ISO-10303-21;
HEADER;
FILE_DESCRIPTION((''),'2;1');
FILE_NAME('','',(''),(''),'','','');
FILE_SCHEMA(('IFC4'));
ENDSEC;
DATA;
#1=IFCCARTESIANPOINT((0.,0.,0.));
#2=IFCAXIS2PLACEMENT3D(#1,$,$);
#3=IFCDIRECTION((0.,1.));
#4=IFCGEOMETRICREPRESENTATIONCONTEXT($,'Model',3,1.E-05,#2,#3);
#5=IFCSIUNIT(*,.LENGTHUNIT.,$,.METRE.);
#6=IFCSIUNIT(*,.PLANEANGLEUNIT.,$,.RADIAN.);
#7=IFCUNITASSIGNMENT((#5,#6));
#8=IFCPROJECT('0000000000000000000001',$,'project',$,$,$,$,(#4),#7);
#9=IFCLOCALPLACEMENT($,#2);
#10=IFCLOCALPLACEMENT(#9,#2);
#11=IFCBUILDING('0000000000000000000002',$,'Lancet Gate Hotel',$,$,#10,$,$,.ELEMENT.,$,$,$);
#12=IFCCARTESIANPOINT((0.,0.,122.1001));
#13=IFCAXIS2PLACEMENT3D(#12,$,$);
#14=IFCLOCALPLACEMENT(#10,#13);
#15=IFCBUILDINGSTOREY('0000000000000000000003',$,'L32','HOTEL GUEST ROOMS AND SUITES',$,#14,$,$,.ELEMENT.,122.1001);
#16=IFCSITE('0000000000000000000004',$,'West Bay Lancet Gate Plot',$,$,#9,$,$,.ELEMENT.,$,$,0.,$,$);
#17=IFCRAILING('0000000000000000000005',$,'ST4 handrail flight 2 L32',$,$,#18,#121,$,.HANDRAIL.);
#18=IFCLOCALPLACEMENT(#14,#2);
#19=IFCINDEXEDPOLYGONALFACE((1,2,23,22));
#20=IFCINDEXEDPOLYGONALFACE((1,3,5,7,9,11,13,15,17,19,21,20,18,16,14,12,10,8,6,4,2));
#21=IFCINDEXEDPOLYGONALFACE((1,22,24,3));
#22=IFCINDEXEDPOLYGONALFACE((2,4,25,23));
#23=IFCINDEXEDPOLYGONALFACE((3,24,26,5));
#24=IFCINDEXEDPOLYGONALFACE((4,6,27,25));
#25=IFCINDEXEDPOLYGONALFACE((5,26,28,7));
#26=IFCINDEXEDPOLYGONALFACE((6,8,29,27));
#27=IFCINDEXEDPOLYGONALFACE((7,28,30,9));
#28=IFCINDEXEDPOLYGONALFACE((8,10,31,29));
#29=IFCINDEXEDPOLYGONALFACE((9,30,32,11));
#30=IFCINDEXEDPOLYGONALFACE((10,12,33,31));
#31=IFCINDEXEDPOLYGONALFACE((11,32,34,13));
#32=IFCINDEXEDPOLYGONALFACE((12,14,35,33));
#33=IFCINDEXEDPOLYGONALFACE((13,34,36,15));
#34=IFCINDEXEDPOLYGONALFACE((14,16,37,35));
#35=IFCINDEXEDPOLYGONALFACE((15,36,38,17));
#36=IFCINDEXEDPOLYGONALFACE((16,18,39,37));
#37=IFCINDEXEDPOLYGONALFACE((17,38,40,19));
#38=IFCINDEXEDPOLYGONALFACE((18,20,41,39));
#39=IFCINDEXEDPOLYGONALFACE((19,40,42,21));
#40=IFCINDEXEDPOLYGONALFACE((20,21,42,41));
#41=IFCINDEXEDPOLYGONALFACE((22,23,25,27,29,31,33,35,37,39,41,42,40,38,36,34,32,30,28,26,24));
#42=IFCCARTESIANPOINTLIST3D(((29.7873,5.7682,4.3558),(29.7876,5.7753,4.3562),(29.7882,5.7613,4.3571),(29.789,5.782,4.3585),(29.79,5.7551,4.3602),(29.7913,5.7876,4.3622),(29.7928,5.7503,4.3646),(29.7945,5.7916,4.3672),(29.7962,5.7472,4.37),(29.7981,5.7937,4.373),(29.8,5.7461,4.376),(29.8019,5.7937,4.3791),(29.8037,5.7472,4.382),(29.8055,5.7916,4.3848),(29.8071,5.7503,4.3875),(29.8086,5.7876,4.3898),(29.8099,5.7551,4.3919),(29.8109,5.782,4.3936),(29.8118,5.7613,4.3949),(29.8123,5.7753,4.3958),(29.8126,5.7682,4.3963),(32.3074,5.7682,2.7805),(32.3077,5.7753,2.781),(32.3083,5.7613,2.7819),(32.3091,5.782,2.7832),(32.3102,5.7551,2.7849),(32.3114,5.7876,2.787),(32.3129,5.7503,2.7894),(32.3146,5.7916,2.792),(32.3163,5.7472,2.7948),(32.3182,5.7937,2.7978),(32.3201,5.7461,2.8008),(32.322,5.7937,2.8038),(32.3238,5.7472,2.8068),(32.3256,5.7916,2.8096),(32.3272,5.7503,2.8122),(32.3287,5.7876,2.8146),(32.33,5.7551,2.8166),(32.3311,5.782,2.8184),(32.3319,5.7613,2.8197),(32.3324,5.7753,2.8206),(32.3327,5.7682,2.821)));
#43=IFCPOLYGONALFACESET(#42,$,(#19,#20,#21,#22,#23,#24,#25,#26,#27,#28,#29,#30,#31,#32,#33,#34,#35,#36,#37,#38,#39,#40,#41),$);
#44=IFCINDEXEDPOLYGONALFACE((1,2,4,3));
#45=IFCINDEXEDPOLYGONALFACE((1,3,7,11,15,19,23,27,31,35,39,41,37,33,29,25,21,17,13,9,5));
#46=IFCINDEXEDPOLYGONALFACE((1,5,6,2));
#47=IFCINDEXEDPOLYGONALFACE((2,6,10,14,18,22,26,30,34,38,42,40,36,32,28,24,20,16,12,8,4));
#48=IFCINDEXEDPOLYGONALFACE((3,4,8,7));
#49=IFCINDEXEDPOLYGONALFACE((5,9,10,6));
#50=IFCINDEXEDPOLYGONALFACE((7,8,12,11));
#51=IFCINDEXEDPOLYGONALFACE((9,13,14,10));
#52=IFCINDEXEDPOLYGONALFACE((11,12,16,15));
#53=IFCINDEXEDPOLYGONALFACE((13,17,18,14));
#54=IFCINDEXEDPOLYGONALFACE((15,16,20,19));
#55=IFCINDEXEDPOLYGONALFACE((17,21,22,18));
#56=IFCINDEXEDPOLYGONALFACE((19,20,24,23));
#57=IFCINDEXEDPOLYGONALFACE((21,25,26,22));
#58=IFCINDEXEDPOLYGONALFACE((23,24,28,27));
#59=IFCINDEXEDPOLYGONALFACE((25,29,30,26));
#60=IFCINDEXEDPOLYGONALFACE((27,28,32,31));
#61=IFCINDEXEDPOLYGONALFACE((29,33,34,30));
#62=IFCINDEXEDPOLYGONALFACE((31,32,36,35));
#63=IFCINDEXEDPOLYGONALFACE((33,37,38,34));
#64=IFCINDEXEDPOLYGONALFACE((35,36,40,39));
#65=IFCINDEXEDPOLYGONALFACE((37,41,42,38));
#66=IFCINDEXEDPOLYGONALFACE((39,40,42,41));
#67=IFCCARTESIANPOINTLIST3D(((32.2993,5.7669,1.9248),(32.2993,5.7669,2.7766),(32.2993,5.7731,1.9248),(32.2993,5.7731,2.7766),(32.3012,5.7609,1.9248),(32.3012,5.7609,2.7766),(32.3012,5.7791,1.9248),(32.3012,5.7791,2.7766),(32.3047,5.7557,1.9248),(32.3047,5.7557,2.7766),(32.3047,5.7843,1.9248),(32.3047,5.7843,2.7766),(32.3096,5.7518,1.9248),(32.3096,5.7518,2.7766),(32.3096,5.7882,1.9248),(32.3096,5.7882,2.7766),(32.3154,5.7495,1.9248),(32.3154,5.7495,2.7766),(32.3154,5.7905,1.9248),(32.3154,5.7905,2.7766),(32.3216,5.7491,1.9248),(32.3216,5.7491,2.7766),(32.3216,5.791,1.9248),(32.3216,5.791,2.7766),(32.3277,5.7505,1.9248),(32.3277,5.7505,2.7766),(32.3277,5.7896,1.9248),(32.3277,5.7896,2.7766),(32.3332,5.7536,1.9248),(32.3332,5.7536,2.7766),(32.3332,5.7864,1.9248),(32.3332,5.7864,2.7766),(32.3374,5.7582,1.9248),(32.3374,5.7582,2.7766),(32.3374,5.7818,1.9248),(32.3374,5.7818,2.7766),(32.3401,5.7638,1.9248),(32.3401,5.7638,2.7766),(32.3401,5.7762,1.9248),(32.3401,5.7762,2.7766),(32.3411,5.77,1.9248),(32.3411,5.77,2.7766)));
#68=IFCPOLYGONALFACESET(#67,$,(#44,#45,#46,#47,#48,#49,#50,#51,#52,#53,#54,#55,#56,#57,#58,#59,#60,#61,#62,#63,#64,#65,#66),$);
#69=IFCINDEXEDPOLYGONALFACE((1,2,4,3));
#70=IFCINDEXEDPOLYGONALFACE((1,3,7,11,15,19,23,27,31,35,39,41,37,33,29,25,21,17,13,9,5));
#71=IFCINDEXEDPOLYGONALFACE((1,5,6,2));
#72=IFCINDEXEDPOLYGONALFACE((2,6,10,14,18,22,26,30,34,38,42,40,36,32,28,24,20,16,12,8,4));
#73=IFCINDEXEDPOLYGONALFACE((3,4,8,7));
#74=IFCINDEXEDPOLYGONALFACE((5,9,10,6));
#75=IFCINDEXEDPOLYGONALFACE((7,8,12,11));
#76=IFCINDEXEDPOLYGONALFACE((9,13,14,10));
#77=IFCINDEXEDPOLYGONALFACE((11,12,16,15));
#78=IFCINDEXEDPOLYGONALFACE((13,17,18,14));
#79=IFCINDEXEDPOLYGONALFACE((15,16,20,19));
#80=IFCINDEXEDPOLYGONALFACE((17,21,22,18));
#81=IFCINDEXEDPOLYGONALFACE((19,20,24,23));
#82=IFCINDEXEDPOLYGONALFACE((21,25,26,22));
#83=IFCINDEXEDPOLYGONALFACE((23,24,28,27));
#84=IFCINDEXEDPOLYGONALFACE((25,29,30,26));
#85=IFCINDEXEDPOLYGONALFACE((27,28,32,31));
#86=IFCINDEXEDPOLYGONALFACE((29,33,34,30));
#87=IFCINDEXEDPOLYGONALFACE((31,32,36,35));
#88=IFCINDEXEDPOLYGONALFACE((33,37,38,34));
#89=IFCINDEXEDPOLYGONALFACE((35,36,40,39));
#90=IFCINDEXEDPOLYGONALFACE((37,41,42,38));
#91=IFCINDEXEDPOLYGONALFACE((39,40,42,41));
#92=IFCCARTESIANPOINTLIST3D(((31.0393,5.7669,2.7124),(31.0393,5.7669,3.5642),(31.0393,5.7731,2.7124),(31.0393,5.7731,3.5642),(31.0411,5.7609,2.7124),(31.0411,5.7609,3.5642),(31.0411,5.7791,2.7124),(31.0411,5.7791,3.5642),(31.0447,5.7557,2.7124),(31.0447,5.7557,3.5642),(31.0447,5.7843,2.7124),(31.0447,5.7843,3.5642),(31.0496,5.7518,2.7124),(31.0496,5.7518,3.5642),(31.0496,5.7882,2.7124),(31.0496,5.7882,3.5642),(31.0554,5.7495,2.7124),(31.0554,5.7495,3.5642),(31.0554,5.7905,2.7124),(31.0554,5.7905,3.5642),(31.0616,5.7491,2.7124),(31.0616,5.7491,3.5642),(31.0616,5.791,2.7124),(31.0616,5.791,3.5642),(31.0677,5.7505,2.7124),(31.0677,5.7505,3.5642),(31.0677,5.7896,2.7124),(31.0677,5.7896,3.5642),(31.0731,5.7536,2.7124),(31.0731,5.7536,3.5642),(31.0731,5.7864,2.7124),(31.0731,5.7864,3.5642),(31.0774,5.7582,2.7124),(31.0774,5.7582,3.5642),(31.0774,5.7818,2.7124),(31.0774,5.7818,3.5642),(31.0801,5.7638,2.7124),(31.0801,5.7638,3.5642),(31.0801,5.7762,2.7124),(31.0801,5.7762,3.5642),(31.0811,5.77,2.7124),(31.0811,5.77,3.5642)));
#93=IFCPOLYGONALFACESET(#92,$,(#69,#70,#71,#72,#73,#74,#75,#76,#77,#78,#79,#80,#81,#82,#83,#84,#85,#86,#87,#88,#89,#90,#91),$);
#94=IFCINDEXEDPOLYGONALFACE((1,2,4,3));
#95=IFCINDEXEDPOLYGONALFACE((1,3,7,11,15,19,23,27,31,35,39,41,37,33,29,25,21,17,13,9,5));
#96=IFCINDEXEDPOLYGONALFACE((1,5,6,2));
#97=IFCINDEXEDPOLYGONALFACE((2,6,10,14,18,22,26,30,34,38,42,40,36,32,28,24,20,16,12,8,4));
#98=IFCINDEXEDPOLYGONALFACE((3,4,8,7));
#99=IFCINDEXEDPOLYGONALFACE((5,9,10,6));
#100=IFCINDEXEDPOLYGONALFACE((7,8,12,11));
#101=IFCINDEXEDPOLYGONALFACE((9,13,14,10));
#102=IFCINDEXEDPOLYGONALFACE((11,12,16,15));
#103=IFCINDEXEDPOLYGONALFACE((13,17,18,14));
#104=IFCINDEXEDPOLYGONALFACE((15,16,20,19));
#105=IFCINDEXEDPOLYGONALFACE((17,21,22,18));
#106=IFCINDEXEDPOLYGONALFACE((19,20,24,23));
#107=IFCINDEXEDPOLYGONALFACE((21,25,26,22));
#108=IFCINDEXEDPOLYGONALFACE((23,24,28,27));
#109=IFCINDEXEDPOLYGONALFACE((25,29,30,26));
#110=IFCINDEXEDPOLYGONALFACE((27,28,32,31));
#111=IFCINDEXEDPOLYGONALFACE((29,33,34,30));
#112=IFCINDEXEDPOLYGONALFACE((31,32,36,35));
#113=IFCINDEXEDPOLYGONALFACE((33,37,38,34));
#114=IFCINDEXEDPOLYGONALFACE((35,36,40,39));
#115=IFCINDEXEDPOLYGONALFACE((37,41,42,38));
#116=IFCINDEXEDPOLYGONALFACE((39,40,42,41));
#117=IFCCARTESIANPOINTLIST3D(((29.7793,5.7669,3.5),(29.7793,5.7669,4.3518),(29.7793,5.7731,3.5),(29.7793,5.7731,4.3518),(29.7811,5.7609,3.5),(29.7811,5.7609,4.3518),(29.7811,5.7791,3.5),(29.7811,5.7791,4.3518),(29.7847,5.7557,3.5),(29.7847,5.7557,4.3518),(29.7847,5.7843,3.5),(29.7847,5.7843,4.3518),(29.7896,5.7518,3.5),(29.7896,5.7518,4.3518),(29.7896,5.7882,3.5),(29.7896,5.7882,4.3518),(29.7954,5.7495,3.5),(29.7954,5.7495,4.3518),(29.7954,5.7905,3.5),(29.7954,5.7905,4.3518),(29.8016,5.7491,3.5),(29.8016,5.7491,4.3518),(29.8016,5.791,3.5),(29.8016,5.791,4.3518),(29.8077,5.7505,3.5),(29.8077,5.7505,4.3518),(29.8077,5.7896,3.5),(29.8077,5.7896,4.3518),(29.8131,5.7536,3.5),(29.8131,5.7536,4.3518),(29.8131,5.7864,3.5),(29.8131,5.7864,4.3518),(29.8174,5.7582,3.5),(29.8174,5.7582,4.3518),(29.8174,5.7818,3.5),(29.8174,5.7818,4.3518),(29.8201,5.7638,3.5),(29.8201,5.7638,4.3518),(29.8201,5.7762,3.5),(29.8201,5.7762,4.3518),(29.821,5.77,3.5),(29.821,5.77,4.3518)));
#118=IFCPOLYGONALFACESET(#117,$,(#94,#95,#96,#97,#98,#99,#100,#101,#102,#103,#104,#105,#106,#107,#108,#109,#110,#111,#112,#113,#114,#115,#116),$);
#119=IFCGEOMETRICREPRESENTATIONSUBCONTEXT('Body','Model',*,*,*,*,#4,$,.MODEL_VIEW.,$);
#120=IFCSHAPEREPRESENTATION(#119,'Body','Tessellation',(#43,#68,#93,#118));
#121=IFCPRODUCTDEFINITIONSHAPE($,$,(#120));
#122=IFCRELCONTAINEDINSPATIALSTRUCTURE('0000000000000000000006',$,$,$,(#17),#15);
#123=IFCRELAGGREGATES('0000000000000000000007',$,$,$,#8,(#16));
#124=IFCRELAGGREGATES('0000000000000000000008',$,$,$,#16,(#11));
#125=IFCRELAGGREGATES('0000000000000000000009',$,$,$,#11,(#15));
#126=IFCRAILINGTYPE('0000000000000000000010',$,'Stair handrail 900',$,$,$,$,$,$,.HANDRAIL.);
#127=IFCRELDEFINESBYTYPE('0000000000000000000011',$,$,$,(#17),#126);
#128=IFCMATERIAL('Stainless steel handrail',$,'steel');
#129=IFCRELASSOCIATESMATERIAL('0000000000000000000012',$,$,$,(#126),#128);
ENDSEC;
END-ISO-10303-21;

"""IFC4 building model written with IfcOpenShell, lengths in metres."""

from ifc_helpers import new_model, si_unit, direction, frame, origin, origin_2d, place, context, subcontext, project, spatial, circle, extrude, material, type_object, element, save


model = new_model("IFC4")

# Units and contexts
model_context = context("Model", 3, precision=1e-05, world=origin(), true_north=direction((0.0, 1.0)))
body_context = subcontext(model_context, "Body", "Model", "MODEL_VIEW")
ifc_project = project(units=[si_unit("LENGTHUNIT", "METRE"), si_unit("PLANEANGLEUNIT", "RADIAN")], contexts=[model_context])

# Site, building, storey
site_placement = place(None, origin())
site = spatial("IfcSite", under=ifc_project, at=site_placement, Name="West Bay Lancet Gate Plot", CompositionType="ELEMENT", RefElevation=0.0)
building_placement = place(site_placement, origin())
building = spatial("IfcBuilding", under=site, at=building_placement, Name="Lancet Gate Hotel", CompositionType="ELEMENT")
storey_placement = place(building_placement, frame((0.0, 0.0, 122.1001)))
storey = spatial("IfcBuildingStorey", under=building, at=storey_placement, Name="L32", Description="HOTEL GUEST ROOMS AND SUITES", CompositionType="ELEMENT", Elevation=122.1001)

# Railing
ifc_material_1 = material(Name="Stainless steel handrail", Category="steel")
railing_type = type_object("IfcRailingType", Name="Stair handrail 900", PredefinedType="HANDRAIL", material=ifc_material_1)
railing_1_placement = place(storey_placement, frame((32.3201, 5.77, 1.9248)))
element("IfcRailing", 1, at=railing_1_placement, inside=storey, type_object=railing_type, Name="ST4 handrail flight 2 L32", PredefinedType="HANDRAIL", context=body_context, shape_type="SweptSolid", body=[
    extrude(circle(Radius=0.0239, at=origin_2d()), frame((0.0, 0.0, 0.876), z_axis=(-0.847971, 0.0, 0.530043), x_axis=(0.0, -1.0, 0.0)), (0.0, 0.0, 1.0), 2.9719),
    extrude(circle(Radius=0.021, at=origin_2d()), origin(), (0.0, 0.0, 1.0), 0.8518),
    extrude(circle(Radius=0.021, at=origin_2d()), frame((-1.26, 0.0, 0.7876)), (0.0, 0.0, 1.0), 0.8518),
    extrude(circle(Radius=0.021, at=origin_2d()), frame((-2.52, 0.0, 1.5752)), (0.0, 0.0, 1.0), 0.8518),
])

save(model, "model.ifc")
